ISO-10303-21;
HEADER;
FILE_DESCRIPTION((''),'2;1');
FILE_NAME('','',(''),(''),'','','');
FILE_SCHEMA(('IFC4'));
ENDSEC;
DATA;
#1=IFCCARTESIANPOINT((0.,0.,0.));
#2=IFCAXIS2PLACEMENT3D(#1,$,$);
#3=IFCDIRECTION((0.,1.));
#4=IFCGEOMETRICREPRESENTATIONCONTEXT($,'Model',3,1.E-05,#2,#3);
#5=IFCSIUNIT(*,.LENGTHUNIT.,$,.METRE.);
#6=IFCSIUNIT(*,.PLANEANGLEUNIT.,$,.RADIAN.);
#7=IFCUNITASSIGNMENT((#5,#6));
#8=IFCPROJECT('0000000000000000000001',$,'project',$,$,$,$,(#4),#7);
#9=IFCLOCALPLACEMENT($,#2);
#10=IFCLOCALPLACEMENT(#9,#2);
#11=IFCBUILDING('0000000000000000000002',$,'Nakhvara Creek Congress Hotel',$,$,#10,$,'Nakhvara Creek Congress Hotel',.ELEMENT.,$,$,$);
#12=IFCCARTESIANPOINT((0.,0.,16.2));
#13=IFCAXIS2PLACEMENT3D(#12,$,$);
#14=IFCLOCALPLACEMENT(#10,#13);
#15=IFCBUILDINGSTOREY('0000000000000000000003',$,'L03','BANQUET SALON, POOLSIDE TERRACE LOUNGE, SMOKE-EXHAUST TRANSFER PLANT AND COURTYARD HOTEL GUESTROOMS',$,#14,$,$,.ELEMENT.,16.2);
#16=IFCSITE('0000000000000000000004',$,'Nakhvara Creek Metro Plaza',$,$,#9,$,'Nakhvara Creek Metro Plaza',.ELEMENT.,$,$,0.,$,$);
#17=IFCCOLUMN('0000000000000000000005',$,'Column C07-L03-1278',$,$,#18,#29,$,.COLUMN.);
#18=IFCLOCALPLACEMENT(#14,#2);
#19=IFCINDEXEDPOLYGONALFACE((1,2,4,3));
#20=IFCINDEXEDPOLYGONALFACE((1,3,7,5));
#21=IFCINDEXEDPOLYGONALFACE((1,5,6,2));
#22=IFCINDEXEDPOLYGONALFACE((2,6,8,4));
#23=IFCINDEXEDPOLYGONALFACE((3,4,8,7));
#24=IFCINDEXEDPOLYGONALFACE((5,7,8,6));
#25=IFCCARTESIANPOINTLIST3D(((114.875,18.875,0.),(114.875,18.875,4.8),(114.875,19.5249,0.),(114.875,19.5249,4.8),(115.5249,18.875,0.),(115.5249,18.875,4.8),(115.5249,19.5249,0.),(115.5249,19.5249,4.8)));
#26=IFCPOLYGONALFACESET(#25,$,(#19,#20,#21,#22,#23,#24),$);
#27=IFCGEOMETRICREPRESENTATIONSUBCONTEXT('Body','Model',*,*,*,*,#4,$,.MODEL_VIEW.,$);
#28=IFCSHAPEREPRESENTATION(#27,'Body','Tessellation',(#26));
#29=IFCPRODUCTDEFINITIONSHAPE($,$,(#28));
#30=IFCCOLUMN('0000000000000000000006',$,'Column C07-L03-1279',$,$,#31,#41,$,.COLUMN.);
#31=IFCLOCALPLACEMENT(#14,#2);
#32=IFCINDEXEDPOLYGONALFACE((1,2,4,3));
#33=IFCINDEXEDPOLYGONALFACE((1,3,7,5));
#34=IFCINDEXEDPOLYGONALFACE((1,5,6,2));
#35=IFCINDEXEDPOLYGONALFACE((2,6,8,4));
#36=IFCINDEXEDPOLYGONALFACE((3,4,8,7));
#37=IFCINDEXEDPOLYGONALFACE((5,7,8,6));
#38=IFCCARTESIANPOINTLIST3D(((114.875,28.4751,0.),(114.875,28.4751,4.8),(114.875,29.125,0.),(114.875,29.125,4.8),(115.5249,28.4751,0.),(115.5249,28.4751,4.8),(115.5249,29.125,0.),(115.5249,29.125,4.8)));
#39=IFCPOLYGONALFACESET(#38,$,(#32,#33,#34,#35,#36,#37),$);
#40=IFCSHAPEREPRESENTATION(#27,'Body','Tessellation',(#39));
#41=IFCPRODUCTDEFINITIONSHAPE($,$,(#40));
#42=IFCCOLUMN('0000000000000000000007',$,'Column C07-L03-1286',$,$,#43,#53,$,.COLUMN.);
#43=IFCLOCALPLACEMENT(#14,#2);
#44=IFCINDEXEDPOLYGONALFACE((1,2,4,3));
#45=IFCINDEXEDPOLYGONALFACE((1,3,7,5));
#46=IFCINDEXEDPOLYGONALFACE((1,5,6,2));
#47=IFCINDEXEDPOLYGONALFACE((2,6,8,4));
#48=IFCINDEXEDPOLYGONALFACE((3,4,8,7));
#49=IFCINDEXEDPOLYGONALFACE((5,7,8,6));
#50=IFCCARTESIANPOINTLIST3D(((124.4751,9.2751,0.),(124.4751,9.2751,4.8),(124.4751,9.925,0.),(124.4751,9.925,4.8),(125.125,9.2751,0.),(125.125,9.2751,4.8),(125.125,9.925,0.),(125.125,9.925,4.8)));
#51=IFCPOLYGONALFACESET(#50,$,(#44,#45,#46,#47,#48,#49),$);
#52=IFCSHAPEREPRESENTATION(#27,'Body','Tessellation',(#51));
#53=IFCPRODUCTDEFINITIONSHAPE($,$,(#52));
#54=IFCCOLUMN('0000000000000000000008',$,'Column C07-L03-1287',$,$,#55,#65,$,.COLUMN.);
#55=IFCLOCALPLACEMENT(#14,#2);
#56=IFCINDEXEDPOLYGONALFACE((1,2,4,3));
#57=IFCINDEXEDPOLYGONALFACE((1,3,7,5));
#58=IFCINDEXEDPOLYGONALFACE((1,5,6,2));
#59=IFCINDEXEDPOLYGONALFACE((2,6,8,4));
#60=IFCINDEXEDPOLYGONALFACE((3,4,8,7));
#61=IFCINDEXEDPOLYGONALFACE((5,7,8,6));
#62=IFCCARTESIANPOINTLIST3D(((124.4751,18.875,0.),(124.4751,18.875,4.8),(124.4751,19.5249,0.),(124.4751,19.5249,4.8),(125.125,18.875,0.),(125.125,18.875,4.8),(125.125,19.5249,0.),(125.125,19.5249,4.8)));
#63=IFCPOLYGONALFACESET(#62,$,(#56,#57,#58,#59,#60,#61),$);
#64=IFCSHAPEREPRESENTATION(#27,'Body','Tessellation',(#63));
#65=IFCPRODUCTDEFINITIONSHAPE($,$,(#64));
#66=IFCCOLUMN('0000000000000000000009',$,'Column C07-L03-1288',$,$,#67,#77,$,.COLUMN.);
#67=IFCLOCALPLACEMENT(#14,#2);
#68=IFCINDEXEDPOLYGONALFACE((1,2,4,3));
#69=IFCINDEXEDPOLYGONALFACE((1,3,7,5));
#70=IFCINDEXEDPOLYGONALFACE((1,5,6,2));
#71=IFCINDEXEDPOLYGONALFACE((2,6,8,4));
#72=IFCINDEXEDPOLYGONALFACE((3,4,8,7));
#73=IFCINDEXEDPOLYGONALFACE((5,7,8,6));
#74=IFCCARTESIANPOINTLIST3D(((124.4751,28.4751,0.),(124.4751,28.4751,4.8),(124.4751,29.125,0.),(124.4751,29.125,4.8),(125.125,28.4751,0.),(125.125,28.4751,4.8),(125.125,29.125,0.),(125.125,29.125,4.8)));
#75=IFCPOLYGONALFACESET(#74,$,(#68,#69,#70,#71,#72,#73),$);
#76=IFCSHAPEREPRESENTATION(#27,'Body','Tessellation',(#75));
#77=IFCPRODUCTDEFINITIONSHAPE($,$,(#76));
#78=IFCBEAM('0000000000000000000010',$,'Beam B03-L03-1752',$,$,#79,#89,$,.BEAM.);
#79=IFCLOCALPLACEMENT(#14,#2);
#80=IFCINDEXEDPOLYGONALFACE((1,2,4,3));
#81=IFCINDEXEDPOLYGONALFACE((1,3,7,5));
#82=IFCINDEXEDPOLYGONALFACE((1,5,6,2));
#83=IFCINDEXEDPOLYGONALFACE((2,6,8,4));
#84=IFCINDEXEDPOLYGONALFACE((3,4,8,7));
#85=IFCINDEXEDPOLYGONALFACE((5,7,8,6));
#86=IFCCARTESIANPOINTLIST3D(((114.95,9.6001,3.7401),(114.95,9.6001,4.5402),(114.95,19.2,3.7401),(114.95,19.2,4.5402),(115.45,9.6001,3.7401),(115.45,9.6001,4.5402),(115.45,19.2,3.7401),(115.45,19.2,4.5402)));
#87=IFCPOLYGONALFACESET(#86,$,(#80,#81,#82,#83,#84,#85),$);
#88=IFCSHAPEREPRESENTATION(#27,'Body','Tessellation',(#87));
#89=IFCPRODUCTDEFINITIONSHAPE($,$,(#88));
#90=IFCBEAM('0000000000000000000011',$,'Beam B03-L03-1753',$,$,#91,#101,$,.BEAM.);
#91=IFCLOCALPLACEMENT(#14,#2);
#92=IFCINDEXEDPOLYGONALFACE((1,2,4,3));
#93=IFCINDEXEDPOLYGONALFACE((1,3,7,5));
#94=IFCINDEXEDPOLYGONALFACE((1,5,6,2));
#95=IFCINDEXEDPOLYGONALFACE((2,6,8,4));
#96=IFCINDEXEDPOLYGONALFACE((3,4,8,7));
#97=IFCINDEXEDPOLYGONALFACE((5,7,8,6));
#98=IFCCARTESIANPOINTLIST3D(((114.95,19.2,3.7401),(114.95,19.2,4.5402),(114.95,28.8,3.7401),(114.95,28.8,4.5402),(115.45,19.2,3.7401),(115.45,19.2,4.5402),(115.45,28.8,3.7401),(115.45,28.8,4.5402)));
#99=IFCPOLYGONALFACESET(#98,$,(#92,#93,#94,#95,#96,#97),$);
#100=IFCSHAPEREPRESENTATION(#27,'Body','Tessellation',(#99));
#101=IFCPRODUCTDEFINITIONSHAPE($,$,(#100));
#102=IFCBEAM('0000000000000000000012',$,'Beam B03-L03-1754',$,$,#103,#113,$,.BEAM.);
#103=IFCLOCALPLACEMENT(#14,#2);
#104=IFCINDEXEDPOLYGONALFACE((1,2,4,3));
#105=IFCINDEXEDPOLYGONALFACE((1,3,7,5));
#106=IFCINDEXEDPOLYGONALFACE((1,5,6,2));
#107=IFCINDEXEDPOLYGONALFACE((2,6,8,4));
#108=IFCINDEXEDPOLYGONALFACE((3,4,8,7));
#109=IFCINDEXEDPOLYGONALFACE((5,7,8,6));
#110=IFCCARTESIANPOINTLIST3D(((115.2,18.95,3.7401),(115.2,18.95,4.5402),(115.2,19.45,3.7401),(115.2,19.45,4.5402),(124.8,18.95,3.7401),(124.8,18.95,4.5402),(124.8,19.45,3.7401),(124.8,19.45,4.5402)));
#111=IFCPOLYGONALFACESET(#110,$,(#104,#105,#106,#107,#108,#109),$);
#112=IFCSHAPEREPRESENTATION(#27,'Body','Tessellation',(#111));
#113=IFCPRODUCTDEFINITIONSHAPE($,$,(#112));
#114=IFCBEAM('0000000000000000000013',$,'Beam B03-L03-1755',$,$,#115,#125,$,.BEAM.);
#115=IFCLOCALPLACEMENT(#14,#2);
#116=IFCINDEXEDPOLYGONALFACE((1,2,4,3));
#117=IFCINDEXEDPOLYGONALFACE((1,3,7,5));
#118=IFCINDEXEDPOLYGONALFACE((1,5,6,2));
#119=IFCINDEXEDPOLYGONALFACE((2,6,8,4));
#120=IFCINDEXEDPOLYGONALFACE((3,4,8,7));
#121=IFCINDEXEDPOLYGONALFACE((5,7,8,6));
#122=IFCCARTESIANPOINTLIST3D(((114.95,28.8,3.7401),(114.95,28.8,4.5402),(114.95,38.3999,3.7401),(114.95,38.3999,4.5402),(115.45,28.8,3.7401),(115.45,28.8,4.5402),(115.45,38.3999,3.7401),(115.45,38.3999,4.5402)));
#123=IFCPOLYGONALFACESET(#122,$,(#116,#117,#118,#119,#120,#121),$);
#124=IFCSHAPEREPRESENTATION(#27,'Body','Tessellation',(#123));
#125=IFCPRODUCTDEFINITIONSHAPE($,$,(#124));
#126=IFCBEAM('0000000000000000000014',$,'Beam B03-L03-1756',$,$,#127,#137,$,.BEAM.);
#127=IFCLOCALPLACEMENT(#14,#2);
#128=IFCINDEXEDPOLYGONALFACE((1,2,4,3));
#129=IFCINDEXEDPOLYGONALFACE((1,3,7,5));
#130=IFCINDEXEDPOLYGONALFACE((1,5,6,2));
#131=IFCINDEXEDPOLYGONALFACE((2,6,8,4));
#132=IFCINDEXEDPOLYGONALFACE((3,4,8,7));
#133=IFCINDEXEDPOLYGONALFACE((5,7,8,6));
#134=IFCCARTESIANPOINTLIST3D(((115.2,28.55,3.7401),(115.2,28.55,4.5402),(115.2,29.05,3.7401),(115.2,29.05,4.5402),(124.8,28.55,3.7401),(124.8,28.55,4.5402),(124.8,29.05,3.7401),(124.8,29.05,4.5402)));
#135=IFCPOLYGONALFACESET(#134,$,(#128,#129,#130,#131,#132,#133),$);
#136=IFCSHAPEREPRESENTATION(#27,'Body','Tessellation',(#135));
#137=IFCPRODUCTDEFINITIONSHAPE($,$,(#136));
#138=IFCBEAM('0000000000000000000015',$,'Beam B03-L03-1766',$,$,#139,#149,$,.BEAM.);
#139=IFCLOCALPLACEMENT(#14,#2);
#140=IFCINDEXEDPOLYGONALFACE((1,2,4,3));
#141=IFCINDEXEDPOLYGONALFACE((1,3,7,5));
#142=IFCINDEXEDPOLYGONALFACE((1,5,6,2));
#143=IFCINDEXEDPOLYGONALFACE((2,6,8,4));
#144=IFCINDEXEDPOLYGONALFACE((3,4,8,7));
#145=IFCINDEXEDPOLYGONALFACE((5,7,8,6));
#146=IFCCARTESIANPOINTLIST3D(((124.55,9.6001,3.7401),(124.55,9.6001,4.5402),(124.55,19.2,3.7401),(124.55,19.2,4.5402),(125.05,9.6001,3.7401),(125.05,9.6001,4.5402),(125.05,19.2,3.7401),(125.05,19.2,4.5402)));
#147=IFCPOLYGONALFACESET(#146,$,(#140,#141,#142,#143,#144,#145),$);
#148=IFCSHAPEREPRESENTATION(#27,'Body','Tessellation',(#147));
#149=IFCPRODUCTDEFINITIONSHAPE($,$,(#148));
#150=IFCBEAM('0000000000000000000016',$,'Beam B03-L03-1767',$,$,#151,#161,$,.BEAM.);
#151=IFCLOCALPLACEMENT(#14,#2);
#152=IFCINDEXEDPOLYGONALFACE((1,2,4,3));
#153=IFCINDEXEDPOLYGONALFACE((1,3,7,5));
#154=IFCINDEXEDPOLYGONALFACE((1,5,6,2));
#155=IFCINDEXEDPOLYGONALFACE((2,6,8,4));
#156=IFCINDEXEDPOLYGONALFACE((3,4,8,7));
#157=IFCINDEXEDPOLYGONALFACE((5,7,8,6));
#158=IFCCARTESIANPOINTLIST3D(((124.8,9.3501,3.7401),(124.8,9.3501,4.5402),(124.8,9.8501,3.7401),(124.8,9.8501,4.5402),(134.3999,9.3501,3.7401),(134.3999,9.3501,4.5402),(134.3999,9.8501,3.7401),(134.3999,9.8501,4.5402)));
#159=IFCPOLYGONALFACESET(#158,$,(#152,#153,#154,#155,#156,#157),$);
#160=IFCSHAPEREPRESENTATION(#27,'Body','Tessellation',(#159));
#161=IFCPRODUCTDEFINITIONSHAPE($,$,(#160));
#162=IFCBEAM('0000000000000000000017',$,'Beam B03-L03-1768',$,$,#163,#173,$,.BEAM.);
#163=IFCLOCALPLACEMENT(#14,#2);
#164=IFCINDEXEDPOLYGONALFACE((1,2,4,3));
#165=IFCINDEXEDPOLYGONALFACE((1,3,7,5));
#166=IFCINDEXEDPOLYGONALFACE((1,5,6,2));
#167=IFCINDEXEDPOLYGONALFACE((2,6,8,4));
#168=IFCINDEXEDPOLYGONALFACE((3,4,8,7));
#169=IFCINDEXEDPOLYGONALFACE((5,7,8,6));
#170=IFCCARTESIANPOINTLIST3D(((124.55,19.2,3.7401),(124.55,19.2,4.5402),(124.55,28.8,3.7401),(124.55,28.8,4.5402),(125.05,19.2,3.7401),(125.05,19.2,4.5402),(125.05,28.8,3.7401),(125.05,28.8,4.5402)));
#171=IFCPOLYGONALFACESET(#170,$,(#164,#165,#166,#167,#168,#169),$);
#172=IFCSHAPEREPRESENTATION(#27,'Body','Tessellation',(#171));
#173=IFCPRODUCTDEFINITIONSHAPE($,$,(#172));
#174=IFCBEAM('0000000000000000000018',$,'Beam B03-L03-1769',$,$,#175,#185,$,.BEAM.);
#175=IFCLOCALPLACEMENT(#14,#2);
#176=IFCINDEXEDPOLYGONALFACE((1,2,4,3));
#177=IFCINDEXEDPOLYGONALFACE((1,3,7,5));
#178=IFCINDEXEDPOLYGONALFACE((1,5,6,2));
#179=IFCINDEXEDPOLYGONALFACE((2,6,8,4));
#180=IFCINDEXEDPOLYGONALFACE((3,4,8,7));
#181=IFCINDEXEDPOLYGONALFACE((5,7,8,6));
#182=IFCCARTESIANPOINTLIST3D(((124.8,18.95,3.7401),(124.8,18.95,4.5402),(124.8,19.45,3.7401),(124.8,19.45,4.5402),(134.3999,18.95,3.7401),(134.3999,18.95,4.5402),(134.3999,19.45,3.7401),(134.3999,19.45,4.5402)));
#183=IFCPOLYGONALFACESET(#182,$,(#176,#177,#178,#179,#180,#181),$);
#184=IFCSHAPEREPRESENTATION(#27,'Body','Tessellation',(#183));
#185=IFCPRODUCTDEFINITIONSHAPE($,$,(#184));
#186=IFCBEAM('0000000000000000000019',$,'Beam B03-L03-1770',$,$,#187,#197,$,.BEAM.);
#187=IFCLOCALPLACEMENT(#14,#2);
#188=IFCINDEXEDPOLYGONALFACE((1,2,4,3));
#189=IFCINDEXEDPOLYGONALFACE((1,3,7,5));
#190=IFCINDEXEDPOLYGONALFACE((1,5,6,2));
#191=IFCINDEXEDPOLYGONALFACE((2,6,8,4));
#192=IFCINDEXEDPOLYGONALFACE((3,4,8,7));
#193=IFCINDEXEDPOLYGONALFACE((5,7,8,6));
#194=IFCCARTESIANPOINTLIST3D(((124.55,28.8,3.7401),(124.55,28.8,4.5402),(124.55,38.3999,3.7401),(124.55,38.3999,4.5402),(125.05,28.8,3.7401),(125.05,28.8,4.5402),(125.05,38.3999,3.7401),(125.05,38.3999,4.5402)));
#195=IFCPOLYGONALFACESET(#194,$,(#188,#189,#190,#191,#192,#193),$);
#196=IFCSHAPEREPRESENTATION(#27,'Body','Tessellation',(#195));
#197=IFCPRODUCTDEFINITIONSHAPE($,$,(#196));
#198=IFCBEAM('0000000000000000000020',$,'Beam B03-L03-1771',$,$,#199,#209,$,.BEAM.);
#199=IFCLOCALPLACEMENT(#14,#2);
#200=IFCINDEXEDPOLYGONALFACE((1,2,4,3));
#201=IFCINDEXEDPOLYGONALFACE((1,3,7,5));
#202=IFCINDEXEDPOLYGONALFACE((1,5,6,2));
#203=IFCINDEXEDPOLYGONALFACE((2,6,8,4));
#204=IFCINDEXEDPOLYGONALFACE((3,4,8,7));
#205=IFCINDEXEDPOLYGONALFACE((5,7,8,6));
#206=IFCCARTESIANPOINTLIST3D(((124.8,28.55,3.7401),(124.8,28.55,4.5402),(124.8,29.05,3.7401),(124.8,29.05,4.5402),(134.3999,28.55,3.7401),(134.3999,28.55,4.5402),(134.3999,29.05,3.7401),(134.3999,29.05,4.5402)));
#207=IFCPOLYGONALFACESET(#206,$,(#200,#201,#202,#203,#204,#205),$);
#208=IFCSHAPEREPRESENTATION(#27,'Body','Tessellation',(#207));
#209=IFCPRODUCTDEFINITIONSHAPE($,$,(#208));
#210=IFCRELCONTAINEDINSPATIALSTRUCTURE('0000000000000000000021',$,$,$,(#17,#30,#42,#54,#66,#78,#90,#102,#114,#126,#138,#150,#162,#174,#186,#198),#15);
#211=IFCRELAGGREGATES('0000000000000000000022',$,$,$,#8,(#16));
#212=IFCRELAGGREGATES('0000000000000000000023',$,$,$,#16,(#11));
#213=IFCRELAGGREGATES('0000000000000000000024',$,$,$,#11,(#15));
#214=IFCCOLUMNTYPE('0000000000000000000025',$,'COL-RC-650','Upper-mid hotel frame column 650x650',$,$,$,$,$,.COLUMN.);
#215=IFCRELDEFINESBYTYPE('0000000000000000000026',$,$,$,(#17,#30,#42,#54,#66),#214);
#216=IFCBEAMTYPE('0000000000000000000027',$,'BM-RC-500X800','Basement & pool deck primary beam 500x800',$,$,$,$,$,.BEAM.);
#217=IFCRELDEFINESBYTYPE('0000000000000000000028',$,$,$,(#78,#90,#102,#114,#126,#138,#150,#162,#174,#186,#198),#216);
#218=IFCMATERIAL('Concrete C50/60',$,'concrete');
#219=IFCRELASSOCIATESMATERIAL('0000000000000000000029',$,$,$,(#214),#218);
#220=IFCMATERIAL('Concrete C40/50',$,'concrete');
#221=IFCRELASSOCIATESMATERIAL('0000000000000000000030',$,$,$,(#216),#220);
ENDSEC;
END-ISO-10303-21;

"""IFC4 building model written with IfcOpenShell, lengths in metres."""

from ifc_helpers import new_model, si_unit, direction, frame, origin, origin_2d, place, context, subcontext, project, spatial, rectangle, extrude, material, material_profile, profile_set, type_object, element, save


model = new_model("IFC4")

# Units and contexts
model_context = context("Model", 3, precision=1e-05, world=origin(), true_north=direction((0.0, 1.0)))
body_context = subcontext(model_context, "Body", "Model", "MODEL_VIEW")
ifc_project = project(units=[si_unit("LENGTHUNIT", "METRE"), si_unit("PLANEANGLEUNIT", "RADIAN")], contexts=[model_context])

# Site, building, storey
site_placement = place(None, origin())
site = spatial("IfcSite", under=ifc_project, at=site_placement, Name="Nakhvara Creek Metro Plaza", LongName="Nakhvara Creek Metro Plaza", CompositionType="ELEMENT", RefElevation=0.0)
building_placement = place(site_placement, origin())
building = spatial("IfcBuilding", under=site, at=building_placement, Name="Nakhvara Creek Congress Hotel", LongName="Nakhvara Creek Congress Hotel", CompositionType="ELEMENT")
storey_placement = place(building_placement, frame((0.0, 0.0, 16.2)))
storey = spatial("IfcBuildingStorey", under=building, at=storey_placement, Name="L03", Description="BANQUET SALON, POOLSIDE TERRACE LOUNGE, SMOKE-EXHAUST TRANSFER PLANT AND COURTYARD HOTEL GUESTROOMS", CompositionType="ELEMENT", Elevation=16.2)

# Columns
ifc_material_1 = material(Name="Concrete C50/60", Category="concrete")
ifc_material_profile_1 = material_profile(ifc_material_1, rectangle(XDim=0.6499, YDim=0.6499, at=origin_2d()), Name="RC-COL 650x650", Category="LoadBearing")
ifc_profile_set_1 = profile_set([ifc_material_profile_1], Name="Concrete C50/60")
column_type = type_object("IfcColumnType", Name="COL-RC-650", Description="Upper-mid hotel frame column 650x650", PredefinedType="COLUMN", material=ifc_profile_set_1)
for number, where, z_axis, x_axis, name in (
    (1, (115.2, 19.2, 0.0), (0.0, 0.0, 1.0), (1.0, 0.0, 0.0), "Column C07-L03-1278"),
    (2, (115.2, 28.8, 0.0), (0.0, 0.0, 1.0), (1.0, 0.0, 0.0), "Column C07-L03-1279"),
    (3, (124.8, 9.6001, 0.0), (0.0, 0.0, 1.0), (1.0, 0.0, 0.0), "Column C07-L03-1286"),
    (4, (124.8, 19.2, 0.0), (0.0, 0.0, 1.0), (1.0, 0.0, 0.0), "Column C07-L03-1287"),
    (5, (124.8, 28.8, 0.0), (0.0, 0.0, 1.0), (1.0, 0.0, 0.0), "Column C07-L03-1288"),
):
    element("IfcColumn", number, at=place(storey_placement, frame(where, z_axis=z_axis, x_axis=x_axis)), inside=storey, type_object=column_type, Name=name, PredefinedType="COLUMN", context=body_context, shape_type="SweptSolid", body=[
        extrude(rectangle(XDim=0.6499, YDim=0.6499, at=origin_2d()), origin(), (0.0, 0.0, 1.0), 4.8),
    ])

# Beams
ifc_material_2 = material(Name="Concrete C40/50", Category="concrete")
ifc_material_profile_2 = material_profile(ifc_material_2, rectangle(XDim=0.5, YDim=0.8, at=origin_2d()), Name="RC-BM 500x800", Category="LoadBearing")
ifc_profile_set_2 = profile_set([ifc_material_profile_2], Name="Concrete C40/50")
beam_type = type_object("IfcBeamType", Name="BM-RC-500X800", Description="Basement & pool deck primary beam 500x800", PredefinedType="BEAM", material=ifc_profile_set_2)
beam_1_placement = place(storey_placement, frame((115.2, 9.6001, 4.1401), z_axis=(0.0, 1.0, 0.0), x_axis=(-1.0, 0.0, 0.0)))
element("IfcBeam", 6, at=beam_1_placement, inside=storey, type_object=beam_type, Name="Beam B03-L03-1752", PredefinedType="BEAM", context=body_context, shape_type="SweptSolid", body=[
    extrude(rectangle(XDim=0.5, YDim=0.8, at=origin_2d()), origin(), (0.0, 0.0, 1.0), 9.5999),
])
for number, where, z_axis, x_axis, name in (
    (7, (115.2, 19.2, 4.1401), (0.0, 1.0, 0.0), (-1.0, 0.0, 0.0), "Beam B03-L03-1753"),
    (8, (115.2, 19.2, 4.1401), (1.0, 0.0, 0.0), (0.0, 1.0, 0.0), "Beam B03-L03-1754"),
):
    element("IfcBeam", number, at=place(storey_placement, frame(where, z_axis=z_axis, x_axis=x_axis)), inside=storey, type_object=beam_type, Name=name, PredefinedType="BEAM", context=body_context, shape_type="SweptSolid", body=[
        extrude(rectangle(XDim=0.5, YDim=0.8, at=origin_2d()), origin(), (0.0, 0.0, 1.0), 9.6001),
    ])
beam_2_placement = place(storey_placement, frame((115.2, 28.8, 4.1401), z_axis=(0.0, 1.0, 0.0), x_axis=(-1.0, 0.0, 0.0)))
element("IfcBeam", 9, at=beam_2_placement, inside=storey, type_object=beam_type, Name="Beam B03-L03-1755", PredefinedType="BEAM", context=body_context, shape_type="SweptSolid", body=[
    extrude(rectangle(XDim=0.5, YDim=0.8, at=origin_2d()), origin(), (0.0, 0.0, 1.0), 9.5999),
])
beam_3_placement = place(storey_placement, frame((115.2, 28.8, 4.1401), z_axis=(1.0, 0.0, 0.0), x_axis=(0.0, 1.0, 0.0)))
element("IfcBeam", 10, at=beam_3_placement, inside=storey, type_object=beam_type, Name="Beam B03-L03-1756", PredefinedType="BEAM", context=body_context, shape_type="SweptSolid", body=[
    extrude(rectangle(XDim=0.5, YDim=0.8, at=origin_2d()), origin(), (0.0, 0.0, 1.0), 9.6001),
])
for number, where, z_axis, x_axis, name in (
    (11, (124.8, 9.6001, 4.1401), (0.0, 1.0, 0.0), (-1.0, 0.0, 0.0), "Beam B03-L03-1766"),
    (12, (124.8, 9.6001, 4.1401), (1.0, 0.0, 0.0), (0.0, 1.0, 0.0), "Beam B03-L03-1767"),
):
    element("IfcBeam", number, at=place(storey_placement, frame(where, z_axis=z_axis, x_axis=x_axis)), inside=storey, type_object=beam_type, Name=name, PredefinedType="BEAM", context=body_context, shape_type="SweptSolid", body=[
        extrude(rectangle(XDim=0.5, YDim=0.8, at=origin_2d()), origin(), (0.0, 0.0, 1.0), 9.5999),
    ])
beam_4_placement = place(storey_placement, frame((124.8, 19.2, 4.1401), z_axis=(0.0, 1.0, 0.0), x_axis=(-1.0, 0.0, 0.0)))
element("IfcBeam", 13, at=beam_4_placement, inside=storey, type_object=beam_type, Name="Beam B03-L03-1768", PredefinedType="BEAM", context=body_context, shape_type="SweptSolid", body=[
    extrude(rectangle(XDim=0.5, YDim=0.8, at=origin_2d()), origin(), (0.0, 0.0, 1.0), 9.6001),
])
for number, where, z_axis, x_axis, name in (
    (14, (124.8, 19.2, 4.1401), (1.0, 0.0, 0.0), (0.0, 1.0, 0.0), "Beam B03-L03-1769"),
    (15, (124.8, 28.8, 4.1401), (0.0, 1.0, 0.0), (-1.0, 0.0, 0.0), "Beam B03-L03-1770"),
    (16, (124.8, 28.8, 4.1401), (1.0, 0.0, 0.0), (0.0, 1.0, 0.0), "Beam B03-L03-1771"),
):
    element("IfcBeam", number, at=place(storey_placement, frame(where, z_axis=z_axis, x_axis=x_axis)), inside=storey, type_object=beam_type, Name=name, PredefinedType="BEAM", context=body_context, shape_type="SweptSolid", body=[
        extrude(rectangle(XDim=0.5, YDim=0.8, at=origin_2d()), origin(), (0.0, 0.0, 1.0), 9.5999),
    ])

save(model, "model.ifc")
